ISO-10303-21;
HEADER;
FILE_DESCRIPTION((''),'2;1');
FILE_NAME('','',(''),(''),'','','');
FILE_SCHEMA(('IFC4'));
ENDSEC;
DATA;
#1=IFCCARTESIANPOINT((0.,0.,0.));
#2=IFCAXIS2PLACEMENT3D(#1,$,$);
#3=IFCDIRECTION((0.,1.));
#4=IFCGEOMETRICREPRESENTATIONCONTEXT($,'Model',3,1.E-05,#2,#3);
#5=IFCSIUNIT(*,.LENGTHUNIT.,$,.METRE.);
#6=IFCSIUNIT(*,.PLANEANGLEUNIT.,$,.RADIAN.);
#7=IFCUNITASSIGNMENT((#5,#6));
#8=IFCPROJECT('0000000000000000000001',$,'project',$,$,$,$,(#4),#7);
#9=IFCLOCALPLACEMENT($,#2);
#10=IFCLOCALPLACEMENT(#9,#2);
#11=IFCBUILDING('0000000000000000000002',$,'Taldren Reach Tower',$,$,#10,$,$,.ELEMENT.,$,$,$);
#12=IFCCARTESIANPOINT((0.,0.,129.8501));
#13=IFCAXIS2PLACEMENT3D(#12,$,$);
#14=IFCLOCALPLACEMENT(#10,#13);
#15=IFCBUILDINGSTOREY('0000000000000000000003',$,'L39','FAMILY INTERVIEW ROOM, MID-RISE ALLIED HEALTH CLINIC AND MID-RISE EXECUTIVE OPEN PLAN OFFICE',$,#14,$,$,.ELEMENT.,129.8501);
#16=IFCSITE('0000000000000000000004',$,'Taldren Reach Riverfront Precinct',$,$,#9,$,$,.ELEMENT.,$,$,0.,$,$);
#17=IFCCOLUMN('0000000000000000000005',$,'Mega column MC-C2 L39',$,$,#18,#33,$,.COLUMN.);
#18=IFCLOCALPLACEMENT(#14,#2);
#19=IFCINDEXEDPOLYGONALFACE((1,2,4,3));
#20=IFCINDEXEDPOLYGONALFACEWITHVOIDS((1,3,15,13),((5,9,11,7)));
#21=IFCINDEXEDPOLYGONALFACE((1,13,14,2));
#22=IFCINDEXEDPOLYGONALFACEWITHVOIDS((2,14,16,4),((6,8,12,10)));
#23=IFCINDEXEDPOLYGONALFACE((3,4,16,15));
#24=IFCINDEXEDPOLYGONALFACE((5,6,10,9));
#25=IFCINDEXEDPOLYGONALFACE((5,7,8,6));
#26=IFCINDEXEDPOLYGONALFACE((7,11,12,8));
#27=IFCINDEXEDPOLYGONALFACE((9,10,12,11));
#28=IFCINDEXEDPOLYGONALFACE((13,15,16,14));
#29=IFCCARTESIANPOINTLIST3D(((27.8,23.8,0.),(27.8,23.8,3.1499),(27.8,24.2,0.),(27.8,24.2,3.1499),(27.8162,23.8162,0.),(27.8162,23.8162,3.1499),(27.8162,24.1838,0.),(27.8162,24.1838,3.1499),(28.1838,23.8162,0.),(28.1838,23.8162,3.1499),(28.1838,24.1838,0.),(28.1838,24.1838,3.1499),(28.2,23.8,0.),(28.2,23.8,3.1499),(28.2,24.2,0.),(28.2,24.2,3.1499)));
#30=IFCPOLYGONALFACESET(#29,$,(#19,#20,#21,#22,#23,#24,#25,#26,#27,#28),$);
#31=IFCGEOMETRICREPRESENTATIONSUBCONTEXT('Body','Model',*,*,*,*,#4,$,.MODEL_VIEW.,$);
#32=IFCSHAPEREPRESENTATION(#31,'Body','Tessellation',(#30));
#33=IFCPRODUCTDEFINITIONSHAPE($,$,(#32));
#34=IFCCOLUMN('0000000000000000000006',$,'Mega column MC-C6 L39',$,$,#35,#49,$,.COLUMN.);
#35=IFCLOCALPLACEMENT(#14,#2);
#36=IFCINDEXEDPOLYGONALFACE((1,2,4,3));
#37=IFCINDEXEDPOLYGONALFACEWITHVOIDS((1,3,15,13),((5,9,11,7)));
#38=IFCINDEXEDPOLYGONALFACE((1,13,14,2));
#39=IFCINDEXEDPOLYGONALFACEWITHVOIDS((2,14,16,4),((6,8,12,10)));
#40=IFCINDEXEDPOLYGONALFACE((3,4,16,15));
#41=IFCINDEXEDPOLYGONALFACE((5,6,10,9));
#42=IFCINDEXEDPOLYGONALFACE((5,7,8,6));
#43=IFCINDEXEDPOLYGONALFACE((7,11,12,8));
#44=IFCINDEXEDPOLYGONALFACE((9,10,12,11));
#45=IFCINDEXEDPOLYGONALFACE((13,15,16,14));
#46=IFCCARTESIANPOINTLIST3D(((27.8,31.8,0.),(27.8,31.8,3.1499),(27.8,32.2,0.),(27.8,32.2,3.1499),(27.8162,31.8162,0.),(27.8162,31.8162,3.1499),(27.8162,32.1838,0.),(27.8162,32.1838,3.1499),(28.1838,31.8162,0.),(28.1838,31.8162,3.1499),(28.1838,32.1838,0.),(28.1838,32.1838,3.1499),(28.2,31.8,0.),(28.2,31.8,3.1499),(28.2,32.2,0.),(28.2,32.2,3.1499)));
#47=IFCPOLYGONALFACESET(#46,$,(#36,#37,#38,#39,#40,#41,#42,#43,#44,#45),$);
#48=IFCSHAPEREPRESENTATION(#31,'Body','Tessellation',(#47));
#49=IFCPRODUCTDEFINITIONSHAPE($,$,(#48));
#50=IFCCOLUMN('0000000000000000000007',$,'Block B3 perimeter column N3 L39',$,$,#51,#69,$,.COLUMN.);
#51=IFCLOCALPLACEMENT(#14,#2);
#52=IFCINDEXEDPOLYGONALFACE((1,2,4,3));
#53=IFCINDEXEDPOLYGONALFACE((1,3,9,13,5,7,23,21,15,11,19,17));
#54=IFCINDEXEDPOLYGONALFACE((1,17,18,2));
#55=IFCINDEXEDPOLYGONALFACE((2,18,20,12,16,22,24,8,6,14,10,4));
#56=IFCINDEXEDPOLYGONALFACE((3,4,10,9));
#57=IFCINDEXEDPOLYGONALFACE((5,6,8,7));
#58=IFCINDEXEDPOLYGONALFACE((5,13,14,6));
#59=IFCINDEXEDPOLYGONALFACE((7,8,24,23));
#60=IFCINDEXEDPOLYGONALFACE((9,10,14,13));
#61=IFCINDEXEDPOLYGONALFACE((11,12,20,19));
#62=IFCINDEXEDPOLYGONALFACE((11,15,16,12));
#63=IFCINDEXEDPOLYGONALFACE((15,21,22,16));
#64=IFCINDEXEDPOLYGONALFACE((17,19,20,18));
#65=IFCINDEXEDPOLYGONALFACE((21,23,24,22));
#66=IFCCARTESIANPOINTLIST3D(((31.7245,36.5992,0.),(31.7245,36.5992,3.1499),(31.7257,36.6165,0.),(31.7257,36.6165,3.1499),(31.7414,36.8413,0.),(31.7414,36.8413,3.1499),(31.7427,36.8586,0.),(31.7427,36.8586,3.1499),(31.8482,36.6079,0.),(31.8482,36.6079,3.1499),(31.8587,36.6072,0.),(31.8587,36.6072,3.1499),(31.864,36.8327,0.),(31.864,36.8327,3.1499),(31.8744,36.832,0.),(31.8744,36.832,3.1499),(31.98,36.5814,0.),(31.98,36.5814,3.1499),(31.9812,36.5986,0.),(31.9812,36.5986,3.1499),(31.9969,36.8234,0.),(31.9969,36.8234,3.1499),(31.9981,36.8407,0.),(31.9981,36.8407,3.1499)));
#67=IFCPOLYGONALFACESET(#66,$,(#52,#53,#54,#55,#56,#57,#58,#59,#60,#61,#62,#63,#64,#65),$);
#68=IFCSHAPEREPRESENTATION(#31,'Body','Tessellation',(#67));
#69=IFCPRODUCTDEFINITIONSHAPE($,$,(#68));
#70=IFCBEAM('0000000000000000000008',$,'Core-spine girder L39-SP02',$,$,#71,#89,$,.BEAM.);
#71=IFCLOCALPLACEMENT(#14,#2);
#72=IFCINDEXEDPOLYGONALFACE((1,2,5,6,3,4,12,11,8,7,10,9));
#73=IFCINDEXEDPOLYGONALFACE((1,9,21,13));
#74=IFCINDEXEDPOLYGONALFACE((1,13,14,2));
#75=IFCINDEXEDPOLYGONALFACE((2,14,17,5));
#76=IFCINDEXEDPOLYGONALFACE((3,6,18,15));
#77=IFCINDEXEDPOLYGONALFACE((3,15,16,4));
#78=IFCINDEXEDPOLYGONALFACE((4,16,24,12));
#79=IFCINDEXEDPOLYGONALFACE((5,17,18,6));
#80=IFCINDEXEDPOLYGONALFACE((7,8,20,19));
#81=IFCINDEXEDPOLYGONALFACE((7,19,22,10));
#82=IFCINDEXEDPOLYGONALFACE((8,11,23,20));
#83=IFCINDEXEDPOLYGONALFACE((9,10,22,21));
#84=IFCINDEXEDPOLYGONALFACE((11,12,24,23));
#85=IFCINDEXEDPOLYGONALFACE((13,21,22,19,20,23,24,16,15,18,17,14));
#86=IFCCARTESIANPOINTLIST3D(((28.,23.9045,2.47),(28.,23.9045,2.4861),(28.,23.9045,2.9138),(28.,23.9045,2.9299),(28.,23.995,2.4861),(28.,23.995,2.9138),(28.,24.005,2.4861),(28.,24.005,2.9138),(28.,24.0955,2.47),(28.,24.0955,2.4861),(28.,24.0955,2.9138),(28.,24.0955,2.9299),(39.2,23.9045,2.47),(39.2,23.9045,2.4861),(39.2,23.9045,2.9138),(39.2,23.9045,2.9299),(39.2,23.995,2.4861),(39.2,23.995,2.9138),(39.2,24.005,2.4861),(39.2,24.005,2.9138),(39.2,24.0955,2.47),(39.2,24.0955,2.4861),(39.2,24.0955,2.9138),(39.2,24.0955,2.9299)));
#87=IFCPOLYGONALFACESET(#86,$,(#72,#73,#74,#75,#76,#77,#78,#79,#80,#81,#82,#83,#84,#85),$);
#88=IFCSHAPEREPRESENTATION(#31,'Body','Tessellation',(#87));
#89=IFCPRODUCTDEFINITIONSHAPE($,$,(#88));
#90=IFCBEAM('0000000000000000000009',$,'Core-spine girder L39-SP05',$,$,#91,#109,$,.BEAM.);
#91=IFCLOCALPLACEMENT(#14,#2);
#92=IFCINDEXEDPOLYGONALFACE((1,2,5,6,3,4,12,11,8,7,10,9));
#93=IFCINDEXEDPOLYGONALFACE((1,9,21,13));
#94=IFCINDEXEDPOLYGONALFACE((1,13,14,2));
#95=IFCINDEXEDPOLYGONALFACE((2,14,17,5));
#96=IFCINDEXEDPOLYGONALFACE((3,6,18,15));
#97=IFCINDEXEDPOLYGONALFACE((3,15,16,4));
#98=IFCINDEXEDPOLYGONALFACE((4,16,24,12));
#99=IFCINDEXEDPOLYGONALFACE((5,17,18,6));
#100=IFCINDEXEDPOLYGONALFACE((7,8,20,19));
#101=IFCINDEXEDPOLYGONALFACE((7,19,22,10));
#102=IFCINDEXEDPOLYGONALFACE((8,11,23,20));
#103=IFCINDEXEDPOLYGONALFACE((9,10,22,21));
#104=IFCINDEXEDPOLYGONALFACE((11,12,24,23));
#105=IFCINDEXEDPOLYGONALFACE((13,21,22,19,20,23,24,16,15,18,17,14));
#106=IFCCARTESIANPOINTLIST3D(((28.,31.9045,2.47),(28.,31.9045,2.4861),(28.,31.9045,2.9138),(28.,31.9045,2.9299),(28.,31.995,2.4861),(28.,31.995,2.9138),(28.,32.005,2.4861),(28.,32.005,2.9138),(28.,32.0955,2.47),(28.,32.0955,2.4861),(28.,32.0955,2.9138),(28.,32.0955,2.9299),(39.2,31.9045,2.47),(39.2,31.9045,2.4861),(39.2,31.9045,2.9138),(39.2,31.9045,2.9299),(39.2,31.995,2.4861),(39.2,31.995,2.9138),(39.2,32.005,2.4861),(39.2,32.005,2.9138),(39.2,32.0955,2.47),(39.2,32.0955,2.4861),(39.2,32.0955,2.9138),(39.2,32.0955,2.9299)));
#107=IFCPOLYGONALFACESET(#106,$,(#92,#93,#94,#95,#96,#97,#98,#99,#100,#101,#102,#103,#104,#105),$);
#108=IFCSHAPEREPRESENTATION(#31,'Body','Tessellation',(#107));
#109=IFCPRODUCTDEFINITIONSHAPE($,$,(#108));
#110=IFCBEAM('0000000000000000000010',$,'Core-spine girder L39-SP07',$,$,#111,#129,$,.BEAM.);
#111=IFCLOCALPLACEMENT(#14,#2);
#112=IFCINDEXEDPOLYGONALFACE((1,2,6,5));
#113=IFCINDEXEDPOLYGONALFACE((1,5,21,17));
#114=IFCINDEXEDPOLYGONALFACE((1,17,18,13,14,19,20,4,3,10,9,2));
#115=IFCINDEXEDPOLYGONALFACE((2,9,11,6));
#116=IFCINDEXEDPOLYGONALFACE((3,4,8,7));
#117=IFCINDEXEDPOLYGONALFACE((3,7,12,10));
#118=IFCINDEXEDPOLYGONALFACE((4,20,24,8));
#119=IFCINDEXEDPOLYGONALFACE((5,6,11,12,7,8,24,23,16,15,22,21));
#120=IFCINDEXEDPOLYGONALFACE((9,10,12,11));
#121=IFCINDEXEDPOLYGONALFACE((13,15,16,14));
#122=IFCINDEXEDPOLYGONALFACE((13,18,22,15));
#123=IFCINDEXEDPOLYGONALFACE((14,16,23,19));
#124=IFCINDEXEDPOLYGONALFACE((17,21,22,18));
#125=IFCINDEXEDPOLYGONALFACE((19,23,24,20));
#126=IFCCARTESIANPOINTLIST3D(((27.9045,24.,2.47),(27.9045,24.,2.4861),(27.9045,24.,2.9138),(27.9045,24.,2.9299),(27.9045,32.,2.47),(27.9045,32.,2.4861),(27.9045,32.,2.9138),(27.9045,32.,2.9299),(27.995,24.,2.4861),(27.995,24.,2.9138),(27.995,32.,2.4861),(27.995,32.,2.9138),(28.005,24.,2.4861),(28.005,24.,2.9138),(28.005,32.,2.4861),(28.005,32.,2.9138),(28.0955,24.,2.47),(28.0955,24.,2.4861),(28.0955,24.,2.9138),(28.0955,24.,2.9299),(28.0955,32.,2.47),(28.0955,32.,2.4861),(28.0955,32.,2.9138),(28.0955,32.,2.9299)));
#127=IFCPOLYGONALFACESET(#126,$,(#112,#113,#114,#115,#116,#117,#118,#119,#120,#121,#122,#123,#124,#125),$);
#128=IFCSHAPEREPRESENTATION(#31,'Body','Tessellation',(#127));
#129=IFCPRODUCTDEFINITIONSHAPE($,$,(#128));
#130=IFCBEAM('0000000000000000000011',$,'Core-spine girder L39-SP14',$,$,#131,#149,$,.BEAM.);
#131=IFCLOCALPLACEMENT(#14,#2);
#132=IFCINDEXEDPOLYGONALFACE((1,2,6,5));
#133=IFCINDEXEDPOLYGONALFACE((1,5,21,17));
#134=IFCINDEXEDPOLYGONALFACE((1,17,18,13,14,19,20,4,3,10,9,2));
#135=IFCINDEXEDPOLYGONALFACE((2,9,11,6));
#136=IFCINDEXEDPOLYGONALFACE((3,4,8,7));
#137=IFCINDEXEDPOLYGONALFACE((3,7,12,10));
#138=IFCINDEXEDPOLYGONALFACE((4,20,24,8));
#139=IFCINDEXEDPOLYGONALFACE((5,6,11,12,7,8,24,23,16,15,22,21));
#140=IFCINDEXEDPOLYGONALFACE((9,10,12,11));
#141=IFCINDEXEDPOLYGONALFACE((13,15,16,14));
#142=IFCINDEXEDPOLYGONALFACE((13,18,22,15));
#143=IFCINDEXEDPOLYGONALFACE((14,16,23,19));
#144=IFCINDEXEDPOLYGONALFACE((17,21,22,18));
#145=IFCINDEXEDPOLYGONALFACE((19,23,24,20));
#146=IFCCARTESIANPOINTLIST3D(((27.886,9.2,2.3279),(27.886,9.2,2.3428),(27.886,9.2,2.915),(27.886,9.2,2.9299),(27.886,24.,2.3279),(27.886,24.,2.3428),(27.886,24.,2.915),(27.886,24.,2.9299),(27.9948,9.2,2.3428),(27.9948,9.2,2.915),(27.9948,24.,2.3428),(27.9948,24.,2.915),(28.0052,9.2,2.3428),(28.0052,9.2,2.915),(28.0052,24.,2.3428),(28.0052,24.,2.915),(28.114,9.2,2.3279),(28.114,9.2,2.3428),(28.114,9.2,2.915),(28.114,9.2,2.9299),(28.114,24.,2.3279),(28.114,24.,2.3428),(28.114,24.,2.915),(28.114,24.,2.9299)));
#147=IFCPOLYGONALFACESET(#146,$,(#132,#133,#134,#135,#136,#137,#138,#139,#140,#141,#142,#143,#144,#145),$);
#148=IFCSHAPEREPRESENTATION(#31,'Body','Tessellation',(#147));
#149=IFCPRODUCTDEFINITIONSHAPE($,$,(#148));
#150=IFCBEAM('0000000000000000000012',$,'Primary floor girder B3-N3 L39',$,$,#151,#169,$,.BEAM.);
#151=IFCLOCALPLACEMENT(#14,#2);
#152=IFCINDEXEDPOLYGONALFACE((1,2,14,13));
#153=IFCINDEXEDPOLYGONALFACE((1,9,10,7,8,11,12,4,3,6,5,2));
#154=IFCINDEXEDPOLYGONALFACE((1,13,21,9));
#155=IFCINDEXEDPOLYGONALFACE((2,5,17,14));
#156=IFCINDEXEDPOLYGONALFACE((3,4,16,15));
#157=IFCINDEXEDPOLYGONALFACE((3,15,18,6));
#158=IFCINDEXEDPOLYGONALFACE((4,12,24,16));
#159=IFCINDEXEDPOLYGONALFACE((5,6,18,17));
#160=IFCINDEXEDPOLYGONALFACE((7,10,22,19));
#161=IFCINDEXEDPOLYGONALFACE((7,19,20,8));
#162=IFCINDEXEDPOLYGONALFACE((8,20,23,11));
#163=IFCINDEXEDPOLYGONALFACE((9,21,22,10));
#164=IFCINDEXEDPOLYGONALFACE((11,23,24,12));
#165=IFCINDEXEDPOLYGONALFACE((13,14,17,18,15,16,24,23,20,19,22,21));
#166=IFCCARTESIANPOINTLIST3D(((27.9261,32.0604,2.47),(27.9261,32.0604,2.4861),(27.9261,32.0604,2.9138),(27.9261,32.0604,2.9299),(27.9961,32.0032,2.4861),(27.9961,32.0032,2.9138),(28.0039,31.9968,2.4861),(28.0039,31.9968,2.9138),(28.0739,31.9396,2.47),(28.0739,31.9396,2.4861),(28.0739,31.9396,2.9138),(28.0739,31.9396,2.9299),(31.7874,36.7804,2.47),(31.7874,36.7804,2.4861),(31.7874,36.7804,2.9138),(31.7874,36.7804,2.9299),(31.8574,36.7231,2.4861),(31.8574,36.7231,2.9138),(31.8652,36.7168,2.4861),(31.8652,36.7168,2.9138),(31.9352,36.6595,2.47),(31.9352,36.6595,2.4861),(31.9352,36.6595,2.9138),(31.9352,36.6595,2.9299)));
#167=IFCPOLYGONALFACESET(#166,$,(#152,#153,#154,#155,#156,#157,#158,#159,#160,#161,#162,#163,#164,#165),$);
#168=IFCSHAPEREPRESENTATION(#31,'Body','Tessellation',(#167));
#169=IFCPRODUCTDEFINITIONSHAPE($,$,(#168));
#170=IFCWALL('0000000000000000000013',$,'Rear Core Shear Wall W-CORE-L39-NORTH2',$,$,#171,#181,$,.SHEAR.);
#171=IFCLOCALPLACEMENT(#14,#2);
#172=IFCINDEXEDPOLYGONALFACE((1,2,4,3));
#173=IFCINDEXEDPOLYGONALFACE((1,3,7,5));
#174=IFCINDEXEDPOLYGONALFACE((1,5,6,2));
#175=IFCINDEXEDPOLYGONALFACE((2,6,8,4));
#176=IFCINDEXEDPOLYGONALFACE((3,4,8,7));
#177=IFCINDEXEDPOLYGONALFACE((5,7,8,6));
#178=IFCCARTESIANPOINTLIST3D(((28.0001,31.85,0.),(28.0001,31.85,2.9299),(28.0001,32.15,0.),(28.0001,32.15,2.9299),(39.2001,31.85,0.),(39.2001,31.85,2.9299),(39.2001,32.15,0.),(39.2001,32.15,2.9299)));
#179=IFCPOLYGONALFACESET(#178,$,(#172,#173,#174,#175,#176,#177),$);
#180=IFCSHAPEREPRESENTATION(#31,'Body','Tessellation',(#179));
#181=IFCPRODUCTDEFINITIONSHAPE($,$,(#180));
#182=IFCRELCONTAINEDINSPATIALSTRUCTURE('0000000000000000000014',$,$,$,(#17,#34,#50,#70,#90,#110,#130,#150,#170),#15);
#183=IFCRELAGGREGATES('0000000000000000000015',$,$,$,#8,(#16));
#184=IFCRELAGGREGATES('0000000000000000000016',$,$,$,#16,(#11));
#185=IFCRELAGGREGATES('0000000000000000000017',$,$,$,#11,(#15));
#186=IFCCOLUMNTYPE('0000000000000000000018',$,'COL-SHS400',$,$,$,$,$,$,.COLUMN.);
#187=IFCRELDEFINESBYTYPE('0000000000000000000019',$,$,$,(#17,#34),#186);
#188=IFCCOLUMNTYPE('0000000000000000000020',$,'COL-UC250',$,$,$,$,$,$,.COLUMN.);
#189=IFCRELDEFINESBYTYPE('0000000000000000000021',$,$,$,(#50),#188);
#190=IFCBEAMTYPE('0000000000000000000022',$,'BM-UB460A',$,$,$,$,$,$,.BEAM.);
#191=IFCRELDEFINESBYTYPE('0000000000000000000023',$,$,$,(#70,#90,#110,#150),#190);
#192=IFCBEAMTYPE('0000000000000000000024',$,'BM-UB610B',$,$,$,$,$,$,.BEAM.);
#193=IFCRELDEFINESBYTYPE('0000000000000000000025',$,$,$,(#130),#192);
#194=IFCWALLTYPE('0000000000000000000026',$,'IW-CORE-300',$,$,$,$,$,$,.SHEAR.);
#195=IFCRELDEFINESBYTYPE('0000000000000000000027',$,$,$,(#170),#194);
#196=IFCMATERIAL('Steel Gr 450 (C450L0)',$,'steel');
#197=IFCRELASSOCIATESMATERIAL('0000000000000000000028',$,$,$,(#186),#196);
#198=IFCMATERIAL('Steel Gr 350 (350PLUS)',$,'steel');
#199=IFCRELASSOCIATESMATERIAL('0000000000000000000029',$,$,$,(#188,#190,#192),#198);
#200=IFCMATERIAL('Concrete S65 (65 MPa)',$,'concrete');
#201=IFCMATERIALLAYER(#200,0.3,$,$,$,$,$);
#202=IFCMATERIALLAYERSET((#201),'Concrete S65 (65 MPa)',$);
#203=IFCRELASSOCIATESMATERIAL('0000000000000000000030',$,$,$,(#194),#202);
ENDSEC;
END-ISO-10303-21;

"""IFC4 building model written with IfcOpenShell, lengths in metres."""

from ifc_helpers import new_model, si_unit, direction, frame, frame_2d, origin, origin_2d, place, context, subcontext, project, spatial, rectangle, hollow_rectangle, i_section, extrude, source, transform, mapped, material, layer, layer_set, material_profile, profile_set, type_object, element, save


model = new_model("IFC4")

# Units and contexts
model_context = context("Model", 3, precision=1e-05, world=origin(), true_north=direction((0.0, 1.0)))
body_context = subcontext(model_context, "Body", "Model", "MODEL_VIEW")
ifc_project = project(units=[si_unit("LENGTHUNIT", "METRE"), si_unit("PLANEANGLEUNIT", "RADIAN")], contexts=[model_context])

# Site, building, storey
site_placement = place(None, origin())
site = spatial("IfcSite", under=ifc_project, at=site_placement, Name="Taldren Reach Riverfront Precinct", CompositionType="ELEMENT", RefElevation=0.0)
building_placement = place(site_placement, origin())
building = spatial("IfcBuilding", under=site, at=building_placement, Name="Taldren Reach Tower", CompositionType="ELEMENT")
storey_placement = place(building_placement, frame((0.0, 0.0, 129.8501)))
storey = spatial("IfcBuildingStorey", under=building, at=storey_placement, Name="L39", Description="FAMILY INTERVIEW ROOM, MID-RISE ALLIED HEALTH CLINIC AND MID-RISE EXECUTIVE OPEN PLAN OFFICE", CompositionType="ELEMENT", Elevation=129.8501)

# Columns
ifc_material_1 = material(Name="Steel Gr 450 (C450L0)", Category="steel")
ifc_material_profile_1 = material_profile(ifc_material_1, hollow_rectangle(XDim=0.3999, YDim=0.3999, WallThickness=0.0161, at=origin_2d()), Name="400x400x16.0SHS")
ifc_profile_set_1 = profile_set([ifc_material_profile_1], Name="Steel Gr 450 (C450L0)")
column_type_1 = type_object("IfcColumnType", Name="COL-SHS400", PredefinedType="COLUMN", material=ifc_profile_set_1)
shared_shape_1 = source(origin(), body_context, "Body", "SweptSolid", [
    extrude(hollow_rectangle(XDim=0.3999, YDim=0.3999, WallThickness=0.0161, at=origin_2d()), origin(), (0.0, 0.0, 1.0), 3.1499),
])
for number, where, z_axis, x_axis, name in (
    (1, (28.0, 24.0, 0.0), (0.0, 0.0, 1.0), (1.0, 0.0, 0.0), "Mega column MC-C2 L39"),
    (2, (28.0, 32.0, 0.0), (0.0, 0.0, 1.0), (1.0, 0.0, 0.0), "Mega column MC-C6 L39"),
):
    element("IfcColumn", number, at=place(storey_placement, frame(where, z_axis=z_axis, x_axis=x_axis)), inside=storey, type_object=column_type_1, Name=name, PredefinedType="COLUMN", context=body_context, shape_type="MappedRepresentation", body=[
        mapped(shared_shape_1, transform((0.0, 0.0, 0.0), scale=1.0)),
    ])
ifc_material_2 = material(Name="Steel Gr 350 (350PLUS)", Category="steel")
ifc_material_profile_2 = material_profile(ifc_material_2, i_section(OverallWidth=0.2561, OverallDepth=0.26, WebThickness=0.0105, FlangeThickness=0.0173, at=origin_2d()), Name="250UC89.5")
ifc_profile_set_2 = profile_set([ifc_material_profile_2], Name="Steel Gr 350 (350PLUS)")
column_type_2 = type_object("IfcColumnType", Name="COL-UC250", PredefinedType="COLUMN", material=ifc_profile_set_2)
shared_shape_2 = source(origin(), body_context, "Body", "SweptSolid", [
    extrude(i_section(OverallWidth=0.2561, OverallDepth=0.26, WebThickness=0.0105, FlangeThickness=0.0173, at=origin_2d()), origin(), (0.0, 0.0, 1.0), 3.1499),
])
column_placement = place(storey_placement, frame((31.8613, 36.72, 0.0), z_axis=(0.0, 0.0, 1.0), x_axis=(0.997564, -0.069756, 0.0)))
element("IfcColumn", 3, at=column_placement, inside=storey, type_object=column_type_2, Name="Block B3 perimeter column N3 L39", PredefinedType="COLUMN", context=body_context, shape_type="MappedRepresentation", body=[
    mapped(shared_shape_2, transform((0.0, 0.0, 0.0), scale=1.0)),
])

# Beams
ifc_material_profile_3 = material_profile(ifc_material_2, i_section(OverallWidth=0.1909, OverallDepth=0.46, WebThickness=0.01, FlangeThickness=0.0161, at=origin_2d()), Name="460UB82.1")
ifc_profile_set_3 = profile_set([ifc_material_profile_3], Name="Steel Gr 350 (350PLUS)")
beam_type_1 = type_object("IfcBeamType", Name="BM-UB460A", PredefinedType="BEAM", material=ifc_profile_set_3)
shared_shape_3 = source(origin(), body_context, "Body", "SweptSolid", [
    extrude(i_section(OverallWidth=0.1909, OverallDepth=0.46, WebThickness=0.01, FlangeThickness=0.0161, at=origin_2d()), origin(), (0.0, 0.0, 1.0), 11.2),
])
for number, where, z_axis, x_axis, name in (
    (4, (28.0, 24.0, 2.7), (1.0, 0.0, 0.0), (0.0, 1.0, 0.0), "Core-spine girder L39-SP02"),
    (5, (28.0, 32.0, 2.7), (1.0, 0.0, 0.0), (0.0, 1.0, 0.0), "Core-spine girder L39-SP05"),
):
    element("IfcBeam", number, at=place(storey_placement, frame(where, z_axis=z_axis, x_axis=x_axis)), inside=storey, type_object=beam_type_1, Name=name, PredefinedType="BEAM", context=body_context, shape_type="MappedRepresentation", body=[
        mapped(shared_shape_3, transform((0.0, 0.0, 0.0), scale=1.0)),
    ])
shared_shape_4 = source(origin(), body_context, "Body", "SweptSolid", [
    extrude(i_section(OverallWidth=0.1909, OverallDepth=0.46, WebThickness=0.01, FlangeThickness=0.0161, at=origin_2d()), origin(), (0.0, 0.0, 1.0), 8.0),
])
beam_1_placement = place(storey_placement, frame((28.0, 24.0, 2.7), z_axis=(0.0, 1.0, 0.0), x_axis=(-1.0, 0.0, 0.0)))
element("IfcBeam", 6, at=beam_1_placement, inside=storey, type_object=beam_type_1, Name="Core-spine girder L39-SP07", PredefinedType="BEAM", context=body_context, shape_type="MappedRepresentation", body=[
    mapped(shared_shape_4, transform((0.0, 0.0, 0.0), scale=1.0)),
])
ifc_material_profile_4 = material_profile(ifc_material_2, i_section(OverallWidth=0.228, OverallDepth=0.6021, WebThickness=0.0105, FlangeThickness=0.0149, at=origin_2d()), Name="610UB101")
ifc_profile_set_4 = profile_set([ifc_material_profile_4], Name="Steel Gr 350 (350PLUS)")
beam_type_2 = type_object("IfcBeamType", Name="BM-UB610B", PredefinedType="BEAM", material=ifc_profile_set_4)
shared_shape_5 = source(origin(), body_context, "Body", "SweptSolid", [
    extrude(i_section(OverallWidth=0.228, OverallDepth=0.6021, WebThickness=0.0105, FlangeThickness=0.0149, at=origin_2d()), origin(), (0.0, 0.0, 1.0), 14.8),
])
beam_2_placement = place(storey_placement, frame((28.0, 24.0, 2.6289), z_axis=(0.0, -1.0, 0.0), x_axis=(1.0, 0.0, 0.0)))
element("IfcBeam", 7, at=beam_2_placement, inside=storey, type_object=beam_type_2, Name="Core-spine girder L39-SP14", PredefinedType="BEAM", context=body_context, shape_type="MappedRepresentation", body=[
    mapped(shared_shape_5, transform((0.0, 0.0, 0.0), scale=1.0)),
])
shared_shape_6 = source(origin(), body_context, "Body", "SweptSolid", [
    extrude(i_section(OverallWidth=0.1909, OverallDepth=0.46, WebThickness=0.01, FlangeThickness=0.0161, at=origin_2d()), origin(), (0.0, 0.0, 1.0), 6.0981),
])
beam_3_placement = place(storey_placement, frame((28.0, 32.0, 2.7), z_axis=(0.633192, 0.773995, 0.0), x_axis=(-0.773995, 0.633192, 0.0)))
element("IfcBeam", 8, at=beam_3_placement, inside=storey, type_object=beam_type_1, Name="Primary floor girder B3-N3 L39", PredefinedType="BEAM", context=body_context, shape_type="MappedRepresentation", body=[
    mapped(shared_shape_6, transform((0.0, 0.0, 0.0), scale=1.0)),
])

# Wall
ifc_material_3 = material(Name="Concrete S65 (65 MPa)", Category="concrete")
ifc_layer_1 = layer(ifc_material_3, 0.3)
ifc_layer_set_1 = layer_set([ifc_layer_1], Name="Concrete S65 (65 MPa)")
wall_type_1 = type_object("IfcWallType", Name="IW-CORE-300", PredefinedType="SHEAR", material=ifc_layer_set_1)
shared_shape_7 = source(origin(), body_context, "Body", "SweptSolid", [
    extrude(rectangle(XDim=11.2, YDim=0.3, at=frame_2d((5.6001, 0.0))), origin(), (0.0, 0.0, 1.0), 2.9299),
])
wall_1_placement = place(storey_placement, frame((28.0, 32.0, 0.0), z_axis=(0.0, 0.0, 1.0), x_axis=(1.0, 0.0, 0.0)))
element("IfcWall", 9, at=wall_1_placement, inside=storey, type_object=wall_type_1, Name="Rear Core Shear Wall W-CORE-L39-NORTH2", PredefinedType="SHEAR", context=body_context, shape_type="MappedRepresentation", body=[
    mapped(shared_shape_7, transform((0.0, 0.0, 0.0), scale=1.0)),
])

save(model, "model.ifc")
